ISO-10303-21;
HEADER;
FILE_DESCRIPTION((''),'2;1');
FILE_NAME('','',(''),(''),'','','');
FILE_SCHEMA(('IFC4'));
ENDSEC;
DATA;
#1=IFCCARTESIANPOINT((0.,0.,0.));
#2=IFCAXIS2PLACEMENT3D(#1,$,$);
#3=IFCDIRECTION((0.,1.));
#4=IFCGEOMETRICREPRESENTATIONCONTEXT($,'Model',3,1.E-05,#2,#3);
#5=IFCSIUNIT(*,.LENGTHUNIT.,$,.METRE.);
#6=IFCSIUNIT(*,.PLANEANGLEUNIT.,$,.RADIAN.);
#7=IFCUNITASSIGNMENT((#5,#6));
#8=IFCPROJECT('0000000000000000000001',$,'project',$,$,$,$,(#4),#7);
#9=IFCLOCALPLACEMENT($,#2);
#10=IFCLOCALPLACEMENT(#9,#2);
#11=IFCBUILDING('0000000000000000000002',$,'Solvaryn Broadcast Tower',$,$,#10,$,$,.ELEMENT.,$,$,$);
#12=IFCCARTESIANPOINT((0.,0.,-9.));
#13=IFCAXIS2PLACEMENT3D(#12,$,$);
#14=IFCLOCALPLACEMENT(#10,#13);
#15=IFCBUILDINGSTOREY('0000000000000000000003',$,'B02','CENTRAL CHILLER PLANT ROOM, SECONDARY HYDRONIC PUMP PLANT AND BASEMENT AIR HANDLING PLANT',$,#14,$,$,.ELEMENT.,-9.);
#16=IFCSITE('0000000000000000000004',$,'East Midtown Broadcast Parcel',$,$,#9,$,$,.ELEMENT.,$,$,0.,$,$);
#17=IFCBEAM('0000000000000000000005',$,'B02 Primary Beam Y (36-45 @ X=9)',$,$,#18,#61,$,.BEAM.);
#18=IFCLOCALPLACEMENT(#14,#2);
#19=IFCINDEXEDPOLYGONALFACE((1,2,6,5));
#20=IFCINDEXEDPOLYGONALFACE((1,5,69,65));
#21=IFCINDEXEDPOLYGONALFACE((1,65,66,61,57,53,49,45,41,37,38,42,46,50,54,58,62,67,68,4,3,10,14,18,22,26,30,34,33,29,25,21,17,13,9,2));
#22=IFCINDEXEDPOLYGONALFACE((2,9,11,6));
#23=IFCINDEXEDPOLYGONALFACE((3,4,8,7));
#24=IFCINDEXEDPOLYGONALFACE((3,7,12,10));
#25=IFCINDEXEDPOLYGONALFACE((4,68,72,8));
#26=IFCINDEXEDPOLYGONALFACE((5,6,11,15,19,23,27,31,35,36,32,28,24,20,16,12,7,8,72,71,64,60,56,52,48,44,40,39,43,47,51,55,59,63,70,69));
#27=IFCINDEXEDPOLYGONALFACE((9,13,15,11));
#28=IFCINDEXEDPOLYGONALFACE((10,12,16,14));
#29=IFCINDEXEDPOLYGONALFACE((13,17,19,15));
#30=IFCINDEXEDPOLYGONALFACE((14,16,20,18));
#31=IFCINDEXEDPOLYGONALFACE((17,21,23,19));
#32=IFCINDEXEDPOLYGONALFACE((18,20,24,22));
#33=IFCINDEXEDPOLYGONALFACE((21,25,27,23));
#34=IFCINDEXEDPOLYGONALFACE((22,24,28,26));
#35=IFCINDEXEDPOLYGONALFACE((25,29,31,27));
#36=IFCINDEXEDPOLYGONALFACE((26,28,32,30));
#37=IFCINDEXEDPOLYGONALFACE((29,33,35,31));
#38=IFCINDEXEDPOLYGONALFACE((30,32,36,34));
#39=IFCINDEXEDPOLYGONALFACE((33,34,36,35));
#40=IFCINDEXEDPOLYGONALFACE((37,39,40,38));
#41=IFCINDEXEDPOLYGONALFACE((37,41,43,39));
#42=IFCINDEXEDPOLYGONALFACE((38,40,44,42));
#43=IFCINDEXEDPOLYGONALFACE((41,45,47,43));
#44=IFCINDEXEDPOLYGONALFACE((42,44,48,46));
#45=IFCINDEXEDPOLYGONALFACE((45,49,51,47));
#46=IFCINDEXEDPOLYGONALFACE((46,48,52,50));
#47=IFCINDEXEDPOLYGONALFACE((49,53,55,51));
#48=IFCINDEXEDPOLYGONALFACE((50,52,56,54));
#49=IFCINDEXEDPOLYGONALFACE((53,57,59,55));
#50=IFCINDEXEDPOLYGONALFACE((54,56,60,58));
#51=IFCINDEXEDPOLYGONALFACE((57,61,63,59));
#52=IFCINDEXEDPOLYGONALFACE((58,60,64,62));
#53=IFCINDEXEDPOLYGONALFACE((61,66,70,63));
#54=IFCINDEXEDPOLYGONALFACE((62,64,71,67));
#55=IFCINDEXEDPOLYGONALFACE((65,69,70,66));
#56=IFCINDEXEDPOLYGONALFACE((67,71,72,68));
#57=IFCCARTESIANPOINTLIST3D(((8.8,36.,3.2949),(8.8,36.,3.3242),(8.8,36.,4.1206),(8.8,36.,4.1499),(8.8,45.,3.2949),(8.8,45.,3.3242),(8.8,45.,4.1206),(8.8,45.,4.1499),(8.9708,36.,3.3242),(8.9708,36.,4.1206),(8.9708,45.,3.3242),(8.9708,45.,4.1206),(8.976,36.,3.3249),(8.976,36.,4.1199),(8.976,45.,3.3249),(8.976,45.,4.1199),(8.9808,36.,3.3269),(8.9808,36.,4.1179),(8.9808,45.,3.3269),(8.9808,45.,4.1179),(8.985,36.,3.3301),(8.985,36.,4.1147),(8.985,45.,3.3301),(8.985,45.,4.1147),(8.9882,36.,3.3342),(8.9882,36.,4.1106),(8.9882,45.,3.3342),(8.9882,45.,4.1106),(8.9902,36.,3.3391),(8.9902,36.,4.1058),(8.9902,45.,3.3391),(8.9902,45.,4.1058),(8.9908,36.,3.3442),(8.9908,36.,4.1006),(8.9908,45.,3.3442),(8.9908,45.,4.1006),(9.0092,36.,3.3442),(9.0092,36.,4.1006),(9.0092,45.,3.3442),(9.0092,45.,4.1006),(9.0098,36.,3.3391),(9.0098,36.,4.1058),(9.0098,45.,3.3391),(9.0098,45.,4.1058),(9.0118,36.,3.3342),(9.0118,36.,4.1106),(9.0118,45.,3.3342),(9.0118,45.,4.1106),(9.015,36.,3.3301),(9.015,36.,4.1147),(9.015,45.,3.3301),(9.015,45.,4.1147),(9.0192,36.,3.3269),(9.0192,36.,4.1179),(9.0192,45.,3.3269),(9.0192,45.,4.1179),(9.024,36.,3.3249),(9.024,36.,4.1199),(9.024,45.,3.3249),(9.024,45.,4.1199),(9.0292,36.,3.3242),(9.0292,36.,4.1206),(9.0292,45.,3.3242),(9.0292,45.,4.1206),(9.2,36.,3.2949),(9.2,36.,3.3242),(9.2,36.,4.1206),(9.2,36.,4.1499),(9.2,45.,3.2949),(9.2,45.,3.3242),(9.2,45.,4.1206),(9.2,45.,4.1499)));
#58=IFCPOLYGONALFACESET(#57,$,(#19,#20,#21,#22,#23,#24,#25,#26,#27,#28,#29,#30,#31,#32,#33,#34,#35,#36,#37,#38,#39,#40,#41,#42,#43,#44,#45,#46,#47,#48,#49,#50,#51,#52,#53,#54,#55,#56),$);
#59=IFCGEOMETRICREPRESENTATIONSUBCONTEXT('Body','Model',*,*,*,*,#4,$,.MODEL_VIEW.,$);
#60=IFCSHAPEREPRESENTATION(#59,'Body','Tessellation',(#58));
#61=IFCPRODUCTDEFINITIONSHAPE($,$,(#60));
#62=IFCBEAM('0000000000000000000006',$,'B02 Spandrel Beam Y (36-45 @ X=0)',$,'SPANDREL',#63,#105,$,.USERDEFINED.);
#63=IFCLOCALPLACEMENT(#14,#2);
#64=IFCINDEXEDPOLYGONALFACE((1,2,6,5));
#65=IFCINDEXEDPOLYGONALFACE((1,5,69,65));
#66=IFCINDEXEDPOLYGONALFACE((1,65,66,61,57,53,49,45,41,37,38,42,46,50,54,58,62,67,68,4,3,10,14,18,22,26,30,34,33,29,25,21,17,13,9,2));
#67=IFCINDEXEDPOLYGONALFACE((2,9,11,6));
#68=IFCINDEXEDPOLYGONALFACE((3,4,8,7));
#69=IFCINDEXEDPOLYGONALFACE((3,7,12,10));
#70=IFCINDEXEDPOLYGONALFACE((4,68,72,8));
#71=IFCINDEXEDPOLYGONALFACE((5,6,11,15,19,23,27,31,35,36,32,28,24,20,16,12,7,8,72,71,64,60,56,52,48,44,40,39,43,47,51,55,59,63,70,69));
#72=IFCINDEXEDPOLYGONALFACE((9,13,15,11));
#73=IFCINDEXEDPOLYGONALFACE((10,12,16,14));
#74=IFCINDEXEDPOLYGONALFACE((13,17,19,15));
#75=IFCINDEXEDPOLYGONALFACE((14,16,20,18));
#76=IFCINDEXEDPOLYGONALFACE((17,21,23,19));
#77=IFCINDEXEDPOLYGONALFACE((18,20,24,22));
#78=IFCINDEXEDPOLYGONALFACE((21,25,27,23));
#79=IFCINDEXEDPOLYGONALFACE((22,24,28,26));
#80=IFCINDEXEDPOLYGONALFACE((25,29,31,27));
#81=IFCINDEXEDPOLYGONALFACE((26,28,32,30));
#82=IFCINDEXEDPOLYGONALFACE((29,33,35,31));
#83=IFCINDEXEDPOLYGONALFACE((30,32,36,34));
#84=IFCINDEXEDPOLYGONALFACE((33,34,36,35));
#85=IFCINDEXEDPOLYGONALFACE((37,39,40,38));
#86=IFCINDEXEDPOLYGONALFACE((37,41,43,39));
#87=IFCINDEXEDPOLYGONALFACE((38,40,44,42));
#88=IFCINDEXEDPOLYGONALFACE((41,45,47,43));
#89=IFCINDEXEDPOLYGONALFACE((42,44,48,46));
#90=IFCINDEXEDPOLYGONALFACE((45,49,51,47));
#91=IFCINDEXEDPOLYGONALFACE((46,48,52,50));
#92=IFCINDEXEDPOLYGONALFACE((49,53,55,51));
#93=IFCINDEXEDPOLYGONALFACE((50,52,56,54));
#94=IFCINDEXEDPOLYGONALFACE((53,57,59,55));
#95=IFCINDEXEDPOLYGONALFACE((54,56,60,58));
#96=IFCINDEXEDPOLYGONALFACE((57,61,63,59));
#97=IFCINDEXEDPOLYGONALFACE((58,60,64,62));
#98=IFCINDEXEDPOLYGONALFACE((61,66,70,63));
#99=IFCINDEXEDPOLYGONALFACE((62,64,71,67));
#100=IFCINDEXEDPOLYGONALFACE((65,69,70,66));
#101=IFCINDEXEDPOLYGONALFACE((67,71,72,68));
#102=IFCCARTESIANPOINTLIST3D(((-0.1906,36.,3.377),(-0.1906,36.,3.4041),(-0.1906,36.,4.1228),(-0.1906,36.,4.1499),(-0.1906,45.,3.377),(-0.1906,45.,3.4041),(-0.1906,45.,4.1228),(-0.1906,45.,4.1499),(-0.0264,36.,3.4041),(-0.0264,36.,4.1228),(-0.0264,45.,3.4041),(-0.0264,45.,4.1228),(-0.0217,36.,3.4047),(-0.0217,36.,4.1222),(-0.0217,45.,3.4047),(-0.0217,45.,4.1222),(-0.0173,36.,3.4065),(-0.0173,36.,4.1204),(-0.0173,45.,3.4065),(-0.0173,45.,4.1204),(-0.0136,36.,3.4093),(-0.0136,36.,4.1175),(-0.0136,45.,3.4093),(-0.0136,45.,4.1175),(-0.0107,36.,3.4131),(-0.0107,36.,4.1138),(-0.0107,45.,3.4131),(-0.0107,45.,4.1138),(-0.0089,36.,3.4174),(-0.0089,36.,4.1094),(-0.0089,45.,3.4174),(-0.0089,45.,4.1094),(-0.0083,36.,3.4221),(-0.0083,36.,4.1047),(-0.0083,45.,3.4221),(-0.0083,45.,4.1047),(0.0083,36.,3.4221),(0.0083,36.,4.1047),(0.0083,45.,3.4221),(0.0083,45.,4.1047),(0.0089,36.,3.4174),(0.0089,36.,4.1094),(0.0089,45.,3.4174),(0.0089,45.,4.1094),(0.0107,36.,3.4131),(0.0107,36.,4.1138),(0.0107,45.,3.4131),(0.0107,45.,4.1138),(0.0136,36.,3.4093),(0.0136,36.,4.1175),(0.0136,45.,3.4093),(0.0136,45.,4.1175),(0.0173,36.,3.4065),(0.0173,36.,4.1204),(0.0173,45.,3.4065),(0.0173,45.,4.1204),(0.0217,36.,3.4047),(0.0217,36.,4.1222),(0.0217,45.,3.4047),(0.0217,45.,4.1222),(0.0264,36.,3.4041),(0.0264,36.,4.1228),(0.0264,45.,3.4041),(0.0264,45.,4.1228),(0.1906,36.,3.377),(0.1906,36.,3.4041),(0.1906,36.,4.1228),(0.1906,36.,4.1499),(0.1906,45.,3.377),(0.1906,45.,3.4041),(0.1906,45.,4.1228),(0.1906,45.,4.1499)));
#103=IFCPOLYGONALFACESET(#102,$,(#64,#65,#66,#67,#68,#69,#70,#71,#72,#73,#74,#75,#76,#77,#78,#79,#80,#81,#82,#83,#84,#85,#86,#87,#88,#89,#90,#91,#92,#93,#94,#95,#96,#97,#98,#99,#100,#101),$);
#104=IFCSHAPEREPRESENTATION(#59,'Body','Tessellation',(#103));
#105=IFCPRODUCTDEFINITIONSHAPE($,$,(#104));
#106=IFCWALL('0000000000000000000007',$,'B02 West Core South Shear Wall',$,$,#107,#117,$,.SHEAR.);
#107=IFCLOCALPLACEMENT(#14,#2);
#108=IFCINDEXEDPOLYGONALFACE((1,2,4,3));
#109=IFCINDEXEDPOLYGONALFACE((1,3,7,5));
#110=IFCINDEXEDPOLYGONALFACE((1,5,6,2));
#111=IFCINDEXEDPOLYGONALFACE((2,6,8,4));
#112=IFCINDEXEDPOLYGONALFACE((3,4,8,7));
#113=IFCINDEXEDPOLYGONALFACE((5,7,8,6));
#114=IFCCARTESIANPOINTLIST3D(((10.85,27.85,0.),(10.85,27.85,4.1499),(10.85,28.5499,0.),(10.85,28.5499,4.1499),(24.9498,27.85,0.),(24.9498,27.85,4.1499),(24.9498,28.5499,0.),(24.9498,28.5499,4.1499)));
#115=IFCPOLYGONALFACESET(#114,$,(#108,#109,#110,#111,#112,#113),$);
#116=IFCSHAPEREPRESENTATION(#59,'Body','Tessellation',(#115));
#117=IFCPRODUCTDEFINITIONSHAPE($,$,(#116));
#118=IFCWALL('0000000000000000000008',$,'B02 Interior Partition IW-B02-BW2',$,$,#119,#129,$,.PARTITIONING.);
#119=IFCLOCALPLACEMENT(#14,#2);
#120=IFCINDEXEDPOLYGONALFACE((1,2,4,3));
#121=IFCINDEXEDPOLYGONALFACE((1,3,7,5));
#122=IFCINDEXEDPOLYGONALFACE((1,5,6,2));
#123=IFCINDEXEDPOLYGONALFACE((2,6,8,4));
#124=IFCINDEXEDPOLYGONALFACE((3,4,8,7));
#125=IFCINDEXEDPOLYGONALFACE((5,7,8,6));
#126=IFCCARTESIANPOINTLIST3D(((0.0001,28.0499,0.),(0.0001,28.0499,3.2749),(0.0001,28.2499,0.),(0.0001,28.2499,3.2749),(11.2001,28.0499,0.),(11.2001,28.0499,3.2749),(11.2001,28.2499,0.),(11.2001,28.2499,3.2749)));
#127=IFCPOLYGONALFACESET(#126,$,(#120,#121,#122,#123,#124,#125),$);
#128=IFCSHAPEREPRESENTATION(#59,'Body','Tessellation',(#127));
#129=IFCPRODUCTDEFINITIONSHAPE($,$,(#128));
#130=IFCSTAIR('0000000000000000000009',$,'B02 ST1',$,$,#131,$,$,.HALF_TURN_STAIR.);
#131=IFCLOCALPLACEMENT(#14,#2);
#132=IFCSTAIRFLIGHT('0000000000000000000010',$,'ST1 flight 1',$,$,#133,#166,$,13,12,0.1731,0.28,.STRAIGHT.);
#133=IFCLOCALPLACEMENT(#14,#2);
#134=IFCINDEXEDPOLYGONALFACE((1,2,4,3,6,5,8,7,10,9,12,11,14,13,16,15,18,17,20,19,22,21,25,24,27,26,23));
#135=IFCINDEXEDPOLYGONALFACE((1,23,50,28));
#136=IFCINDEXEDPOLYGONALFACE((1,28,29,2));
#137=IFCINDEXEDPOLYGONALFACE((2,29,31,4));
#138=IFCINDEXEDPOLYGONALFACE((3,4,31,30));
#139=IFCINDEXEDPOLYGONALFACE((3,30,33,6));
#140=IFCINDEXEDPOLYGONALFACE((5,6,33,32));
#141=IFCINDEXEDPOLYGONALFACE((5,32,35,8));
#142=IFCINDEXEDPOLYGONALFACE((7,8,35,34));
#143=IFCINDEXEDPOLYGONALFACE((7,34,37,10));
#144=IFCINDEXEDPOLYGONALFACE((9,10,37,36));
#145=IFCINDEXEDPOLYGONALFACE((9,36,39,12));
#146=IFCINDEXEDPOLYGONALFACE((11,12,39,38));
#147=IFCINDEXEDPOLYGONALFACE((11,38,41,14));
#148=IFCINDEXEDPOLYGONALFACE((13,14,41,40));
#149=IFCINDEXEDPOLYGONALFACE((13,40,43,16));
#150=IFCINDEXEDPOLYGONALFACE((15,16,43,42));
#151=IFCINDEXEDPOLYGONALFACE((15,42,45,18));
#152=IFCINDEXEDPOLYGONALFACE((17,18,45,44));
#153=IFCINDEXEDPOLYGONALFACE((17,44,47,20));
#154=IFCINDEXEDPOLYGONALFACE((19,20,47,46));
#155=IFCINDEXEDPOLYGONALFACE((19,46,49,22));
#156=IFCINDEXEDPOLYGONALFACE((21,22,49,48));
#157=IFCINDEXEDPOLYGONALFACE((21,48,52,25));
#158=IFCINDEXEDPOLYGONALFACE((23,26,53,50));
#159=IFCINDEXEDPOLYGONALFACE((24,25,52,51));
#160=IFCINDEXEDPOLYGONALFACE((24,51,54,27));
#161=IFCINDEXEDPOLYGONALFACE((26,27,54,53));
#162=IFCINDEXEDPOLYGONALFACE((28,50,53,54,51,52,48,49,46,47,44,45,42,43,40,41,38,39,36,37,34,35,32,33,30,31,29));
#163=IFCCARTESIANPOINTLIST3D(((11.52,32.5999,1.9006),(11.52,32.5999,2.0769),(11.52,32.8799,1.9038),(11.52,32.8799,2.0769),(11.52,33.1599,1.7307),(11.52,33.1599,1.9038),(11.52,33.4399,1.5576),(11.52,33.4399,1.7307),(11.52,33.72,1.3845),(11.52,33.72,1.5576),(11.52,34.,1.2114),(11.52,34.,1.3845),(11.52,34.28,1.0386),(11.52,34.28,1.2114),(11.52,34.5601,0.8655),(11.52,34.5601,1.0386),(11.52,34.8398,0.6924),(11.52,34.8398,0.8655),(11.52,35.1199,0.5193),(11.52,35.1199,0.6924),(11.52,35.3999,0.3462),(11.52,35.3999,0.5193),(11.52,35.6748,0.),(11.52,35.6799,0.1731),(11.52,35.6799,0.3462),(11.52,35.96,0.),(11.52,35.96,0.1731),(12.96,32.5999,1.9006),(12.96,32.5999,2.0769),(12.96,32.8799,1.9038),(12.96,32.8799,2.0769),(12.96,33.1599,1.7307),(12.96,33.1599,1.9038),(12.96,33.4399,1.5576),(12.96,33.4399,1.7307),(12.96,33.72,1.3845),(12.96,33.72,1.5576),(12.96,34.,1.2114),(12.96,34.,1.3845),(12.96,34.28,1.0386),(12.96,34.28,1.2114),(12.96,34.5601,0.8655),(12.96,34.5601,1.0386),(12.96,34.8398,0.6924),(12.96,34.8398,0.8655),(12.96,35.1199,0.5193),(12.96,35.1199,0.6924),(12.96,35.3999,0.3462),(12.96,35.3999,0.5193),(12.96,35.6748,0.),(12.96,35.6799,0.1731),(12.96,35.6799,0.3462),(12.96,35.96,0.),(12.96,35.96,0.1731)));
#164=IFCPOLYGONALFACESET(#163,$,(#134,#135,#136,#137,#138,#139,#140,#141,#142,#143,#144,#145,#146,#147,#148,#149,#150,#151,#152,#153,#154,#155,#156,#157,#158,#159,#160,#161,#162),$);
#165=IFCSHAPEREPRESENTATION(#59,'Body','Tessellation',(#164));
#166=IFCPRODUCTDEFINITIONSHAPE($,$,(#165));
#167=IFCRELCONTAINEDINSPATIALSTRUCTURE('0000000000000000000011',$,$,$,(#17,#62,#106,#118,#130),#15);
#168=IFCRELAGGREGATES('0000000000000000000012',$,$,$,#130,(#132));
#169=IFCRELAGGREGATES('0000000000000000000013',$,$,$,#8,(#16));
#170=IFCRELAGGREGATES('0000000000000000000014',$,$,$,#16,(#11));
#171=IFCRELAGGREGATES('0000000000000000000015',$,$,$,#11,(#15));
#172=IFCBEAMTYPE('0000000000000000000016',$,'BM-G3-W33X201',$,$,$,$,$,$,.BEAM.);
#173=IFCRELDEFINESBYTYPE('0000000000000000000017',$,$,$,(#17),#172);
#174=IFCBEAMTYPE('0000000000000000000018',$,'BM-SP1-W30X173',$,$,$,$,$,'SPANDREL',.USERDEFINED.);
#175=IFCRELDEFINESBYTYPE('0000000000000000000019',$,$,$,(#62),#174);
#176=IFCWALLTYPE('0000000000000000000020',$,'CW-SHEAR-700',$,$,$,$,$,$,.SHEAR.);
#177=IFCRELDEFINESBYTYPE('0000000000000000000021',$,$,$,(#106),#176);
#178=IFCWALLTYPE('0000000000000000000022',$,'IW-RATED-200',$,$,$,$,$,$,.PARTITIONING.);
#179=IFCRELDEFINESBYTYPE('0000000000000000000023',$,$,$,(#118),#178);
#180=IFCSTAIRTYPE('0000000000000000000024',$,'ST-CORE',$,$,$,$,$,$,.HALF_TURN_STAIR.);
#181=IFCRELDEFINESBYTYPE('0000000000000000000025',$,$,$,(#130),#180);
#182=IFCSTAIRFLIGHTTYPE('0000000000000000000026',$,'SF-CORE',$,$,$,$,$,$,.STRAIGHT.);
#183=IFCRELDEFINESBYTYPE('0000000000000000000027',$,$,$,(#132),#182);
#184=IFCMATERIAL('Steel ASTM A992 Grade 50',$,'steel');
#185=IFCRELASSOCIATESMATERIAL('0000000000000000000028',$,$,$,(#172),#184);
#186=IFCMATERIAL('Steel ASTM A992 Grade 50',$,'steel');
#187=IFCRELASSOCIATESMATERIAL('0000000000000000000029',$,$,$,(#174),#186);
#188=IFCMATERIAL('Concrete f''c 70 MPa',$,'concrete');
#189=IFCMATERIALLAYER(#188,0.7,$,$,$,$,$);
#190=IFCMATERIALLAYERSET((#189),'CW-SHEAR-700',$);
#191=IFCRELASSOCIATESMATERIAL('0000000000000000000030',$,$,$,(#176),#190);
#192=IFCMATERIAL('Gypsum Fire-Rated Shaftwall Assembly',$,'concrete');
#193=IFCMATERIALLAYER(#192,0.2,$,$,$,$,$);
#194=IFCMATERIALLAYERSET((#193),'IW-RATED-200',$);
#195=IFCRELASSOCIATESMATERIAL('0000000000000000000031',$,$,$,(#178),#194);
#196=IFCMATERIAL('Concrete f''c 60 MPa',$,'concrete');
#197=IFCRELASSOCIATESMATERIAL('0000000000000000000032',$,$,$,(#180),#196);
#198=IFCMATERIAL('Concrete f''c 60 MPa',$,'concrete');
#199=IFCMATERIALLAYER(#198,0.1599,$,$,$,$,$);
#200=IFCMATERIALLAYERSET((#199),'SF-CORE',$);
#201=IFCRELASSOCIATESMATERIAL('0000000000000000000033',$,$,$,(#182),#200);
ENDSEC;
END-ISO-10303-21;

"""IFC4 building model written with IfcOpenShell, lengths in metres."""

from ifc_helpers import new_model, si_unit, direction, frame, frame_2d, origin, origin_2d, place, context, subcontext, project, spatial, polyline, rectangle, i_section, outline, extrude, material, layer, layer_set, material_profile, profile_set, type_object, element, aggregate, save


model = new_model("IFC4")

# Units and contexts
model_context = context("Model", 3, precision=1e-05, world=origin(), true_north=direction((0.0, 1.0)))
body_context = subcontext(model_context, "Body", "Model", "MODEL_VIEW")
ifc_project = project(units=[si_unit("LENGTHUNIT", "METRE"), si_unit("PLANEANGLEUNIT", "RADIAN")], contexts=[model_context])

# Site, building, storey
site_placement = place(None, origin())
site = spatial("IfcSite", under=ifc_project, at=site_placement, Name="East Midtown Broadcast Parcel", CompositionType="ELEMENT", RefElevation=0.0)
building_placement = place(site_placement, origin())
building = spatial("IfcBuilding", under=site, at=building_placement, Name="Solvaryn Broadcast Tower", CompositionType="ELEMENT")
storey_placement = place(building_placement, frame((0.0, 0.0, -9.0)))
storey = spatial("IfcBuildingStorey", under=building, at=storey_placement, Name="B02", Description="CENTRAL CHILLER PLANT ROOM, SECONDARY HYDRONIC PUMP PLANT AND BASEMENT AIR HANDLING PLANT", CompositionType="ELEMENT", Elevation=-9.0)

# Beams
ifc_material_1 = material(Name="Steel ASTM A992 Grade 50", Category="steel")
ifc_material_profile_1 = material_profile(ifc_material_1, i_section(OverallWidth=0.3999, OverallDepth=0.855, WebThickness=0.0183, FlangeThickness=0.0293, FilletRadius=0.02, at=origin_2d()))
ifc_profile_set_1 = profile_set([ifc_material_profile_1], Name="Steel ASTM A992 Grade 50")
beam_type_1 = type_object("IfcBeamType", Name="BM-G3-W33X201", PredefinedType="BEAM", material=ifc_profile_set_1)
for number, where, z_axis, x_axis, name in (
    (1, (9.0, 36.0, 3.7224), (0.0, 1.0, 0.0), (-1.0, 0.0, 0.0), "B02 Primary Beam Y (36-45 @ X=9)"),
):
    element("IfcBeam", number, at=place(storey_placement, frame(where, z_axis=z_axis, x_axis=x_axis)), inside=storey, type_object=beam_type_1, Name=name, PredefinedType="BEAM", context=body_context, shape_type="SweptSolid", body=[
        extrude(i_section(OverallWidth=0.3999, OverallDepth=0.855, WebThickness=0.0183, FlangeThickness=0.0293, FilletRadius=0.02, at=origin_2d()), origin(), (0.0, 0.0, 1.0), 9.0),
    ])
ifc_material_2 = material(Name="Steel ASTM A992 Grade 50", Category="steel")
ifc_material_profile_2 = material_profile(ifc_material_2, i_section(OverallWidth=0.3811, OverallDepth=0.7729, WebThickness=0.0166, FlangeThickness=0.0271, FilletRadius=0.0181, at=origin_2d()))
ifc_profile_set_2 = profile_set([ifc_material_profile_2], Name="Steel ASTM A992 Grade 50")
beam_type_2 = type_object("IfcBeamType", Name="BM-SP1-W30X173", ElementType="SPANDREL", PredefinedType="USERDEFINED", material=ifc_profile_set_2)
beam_1_placement = place(storey_placement, frame((0.0, 36.0, 3.7634), z_axis=(0.0, 1.0, 0.0), x_axis=(-1.0, 0.0, 0.0)))
element("IfcBeam", 2, at=beam_1_placement, inside=storey, type_object=beam_type_2, Name="B02 Spandrel Beam Y (36-45 @ X=0)", ObjectType="SPANDREL", PredefinedType="USERDEFINED", context=body_context, shape_type="SweptSolid", body=[
    extrude(i_section(OverallWidth=0.3811, OverallDepth=0.7729, WebThickness=0.0166, FlangeThickness=0.0271, FilletRadius=0.0181, at=origin_2d()), origin(), (0.0, 0.0, 1.0), 9.0),
])

# Walls
ifc_material_3 = material(Name="Concrete f'c 70 MPa", Category="concrete")
ifc_layer_1 = layer(ifc_material_3, 0.7)
ifc_layer_set_1 = layer_set([ifc_layer_1], Name="CW-SHEAR-700")
wall_type_1 = type_object("IfcWallType", Name="CW-SHEAR-700", PredefinedType="SHEAR", material=ifc_layer_set_1)
wall_1_placement = place(storey_placement, frame((10.8501, 28.2, 0.0), z_axis=(0.0, 0.0, 1.0), x_axis=(1.0, 0.0, 0.0)))
element("IfcWall", 3, at=wall_1_placement, inside=storey, type_object=wall_type_1, Name="B02 West Core South Shear Wall", PredefinedType="SHEAR", context=body_context, shape_type="SweptSolid", body=[
    extrude(rectangle(XDim=14.0999, YDim=0.7, at=frame_2d((7.0498, 0.0))), origin(), (0.0, 0.0, 1.0), 4.1499),
])
ifc_material_4 = material(Name="Gypsum Fire-Rated Shaftwall Assembly", Category="concrete")
ifc_layer_2 = layer(ifc_material_4, 0.2)
ifc_layer_set_2 = layer_set([ifc_layer_2], Name="IW-RATED-200")
wall_type_2 = type_object("IfcWallType", Name="IW-RATED-200", PredefinedType="PARTITIONING", material=ifc_layer_set_2)
wall_2_placement = place(storey_placement, frame((0.0, 28.1499, 0.0), z_axis=(0.0, 0.0, 1.0), x_axis=(1.0, 0.0, 0.0)))
element("IfcWall", 4, at=wall_2_placement, inside=storey, type_object=wall_type_2, Name="B02 Interior Partition IW-B02-BW2", PredefinedType="PARTITIONING", context=body_context, shape_type="SweptSolid", body=[
    extrude(rectangle(XDim=11.2, YDim=0.2, at=frame_2d((5.6001, 0.0))), origin(), (0.0, 0.0, 1.0), 3.2749),
])

# Stair, stair flight
ifc_material_5 = material(Name="Concrete f'c 60 MPa", Category="concrete")
stair_type = type_object("IfcStairType", Name="ST-CORE", PredefinedType="HALF_TURN_STAIR", material=ifc_material_5)
stair_placement = place(storey_placement, origin())
stair = element("IfcStair", 5, at=stair_placement, inside=storey, type_object=stair_type, Name="B02 ST1", PredefinedType="HALF_TURN_STAIR")
ifc_material_6 = material(Name="Concrete f'c 60 MPa", Category="concrete")
ifc_layer_3 = layer(ifc_material_6, 0.1599)
ifc_layer_set_3 = layer_set([ifc_layer_3], Name="SF-CORE")
stair_flight_type = type_object("IfcStairFlightType", Name="SF-CORE", PredefinedType="STRAIGHT", material=ifc_layer_set_3)
stair_flight_1_placement = place(storey_placement, frame((12.24, 35.96, 0.0), z_axis=(0.0, 0.0, 1.0), x_axis=(0.0, -1.0, 0.0)))
stair_flight_1 = element("IfcStairFlight", 6, at=stair_flight_1_placement, type_object=stair_flight_type, Name="ST1 flight 1", NumberOfRisers=13, NumberOfTreads=12, PredefinedType="STRAIGHT", RiserHeight=0.1731, TreadLength=0.28, context=body_context, shape_type="SweptSolid", body=[
    extrude(outline(polyline([(0.0, 0.0), (0.0, 0.1731), (0.28, 0.1731), (0.28, 0.3462), (0.5601, 0.3462), (0.5601, 0.5193), (0.8401, 0.5193), (0.8401, 0.6924), (1.1201, 0.6924), (1.1201, 0.8655), (1.3999, 0.8655), (1.3999, 1.0386), (1.6799, 1.0386), (1.6799, 1.2114), (1.96, 1.2114), (1.96, 1.3845), (2.24, 1.3845), (2.24, 1.5576), (2.52, 1.5576), (2.52, 1.7307), (2.8, 1.7307), (2.8, 1.9038), (3.0801, 1.9038), (3.0801, 2.0769), (3.3601, 2.0769), (3.3601, 2.25), (3.3601, 1.9006), (0.2852, 0.0), (0.0, 0.0)])), frame((0.0, 0.72, 0.0), z_axis=(0.0, -1.0, 0.0), x_axis=(1.0, 0.0, 0.0)), (0.0, 0.0, 1.0), 1.4399),
])
aggregate(stair, [stair_flight_1])

save(model, "model.ifc")
